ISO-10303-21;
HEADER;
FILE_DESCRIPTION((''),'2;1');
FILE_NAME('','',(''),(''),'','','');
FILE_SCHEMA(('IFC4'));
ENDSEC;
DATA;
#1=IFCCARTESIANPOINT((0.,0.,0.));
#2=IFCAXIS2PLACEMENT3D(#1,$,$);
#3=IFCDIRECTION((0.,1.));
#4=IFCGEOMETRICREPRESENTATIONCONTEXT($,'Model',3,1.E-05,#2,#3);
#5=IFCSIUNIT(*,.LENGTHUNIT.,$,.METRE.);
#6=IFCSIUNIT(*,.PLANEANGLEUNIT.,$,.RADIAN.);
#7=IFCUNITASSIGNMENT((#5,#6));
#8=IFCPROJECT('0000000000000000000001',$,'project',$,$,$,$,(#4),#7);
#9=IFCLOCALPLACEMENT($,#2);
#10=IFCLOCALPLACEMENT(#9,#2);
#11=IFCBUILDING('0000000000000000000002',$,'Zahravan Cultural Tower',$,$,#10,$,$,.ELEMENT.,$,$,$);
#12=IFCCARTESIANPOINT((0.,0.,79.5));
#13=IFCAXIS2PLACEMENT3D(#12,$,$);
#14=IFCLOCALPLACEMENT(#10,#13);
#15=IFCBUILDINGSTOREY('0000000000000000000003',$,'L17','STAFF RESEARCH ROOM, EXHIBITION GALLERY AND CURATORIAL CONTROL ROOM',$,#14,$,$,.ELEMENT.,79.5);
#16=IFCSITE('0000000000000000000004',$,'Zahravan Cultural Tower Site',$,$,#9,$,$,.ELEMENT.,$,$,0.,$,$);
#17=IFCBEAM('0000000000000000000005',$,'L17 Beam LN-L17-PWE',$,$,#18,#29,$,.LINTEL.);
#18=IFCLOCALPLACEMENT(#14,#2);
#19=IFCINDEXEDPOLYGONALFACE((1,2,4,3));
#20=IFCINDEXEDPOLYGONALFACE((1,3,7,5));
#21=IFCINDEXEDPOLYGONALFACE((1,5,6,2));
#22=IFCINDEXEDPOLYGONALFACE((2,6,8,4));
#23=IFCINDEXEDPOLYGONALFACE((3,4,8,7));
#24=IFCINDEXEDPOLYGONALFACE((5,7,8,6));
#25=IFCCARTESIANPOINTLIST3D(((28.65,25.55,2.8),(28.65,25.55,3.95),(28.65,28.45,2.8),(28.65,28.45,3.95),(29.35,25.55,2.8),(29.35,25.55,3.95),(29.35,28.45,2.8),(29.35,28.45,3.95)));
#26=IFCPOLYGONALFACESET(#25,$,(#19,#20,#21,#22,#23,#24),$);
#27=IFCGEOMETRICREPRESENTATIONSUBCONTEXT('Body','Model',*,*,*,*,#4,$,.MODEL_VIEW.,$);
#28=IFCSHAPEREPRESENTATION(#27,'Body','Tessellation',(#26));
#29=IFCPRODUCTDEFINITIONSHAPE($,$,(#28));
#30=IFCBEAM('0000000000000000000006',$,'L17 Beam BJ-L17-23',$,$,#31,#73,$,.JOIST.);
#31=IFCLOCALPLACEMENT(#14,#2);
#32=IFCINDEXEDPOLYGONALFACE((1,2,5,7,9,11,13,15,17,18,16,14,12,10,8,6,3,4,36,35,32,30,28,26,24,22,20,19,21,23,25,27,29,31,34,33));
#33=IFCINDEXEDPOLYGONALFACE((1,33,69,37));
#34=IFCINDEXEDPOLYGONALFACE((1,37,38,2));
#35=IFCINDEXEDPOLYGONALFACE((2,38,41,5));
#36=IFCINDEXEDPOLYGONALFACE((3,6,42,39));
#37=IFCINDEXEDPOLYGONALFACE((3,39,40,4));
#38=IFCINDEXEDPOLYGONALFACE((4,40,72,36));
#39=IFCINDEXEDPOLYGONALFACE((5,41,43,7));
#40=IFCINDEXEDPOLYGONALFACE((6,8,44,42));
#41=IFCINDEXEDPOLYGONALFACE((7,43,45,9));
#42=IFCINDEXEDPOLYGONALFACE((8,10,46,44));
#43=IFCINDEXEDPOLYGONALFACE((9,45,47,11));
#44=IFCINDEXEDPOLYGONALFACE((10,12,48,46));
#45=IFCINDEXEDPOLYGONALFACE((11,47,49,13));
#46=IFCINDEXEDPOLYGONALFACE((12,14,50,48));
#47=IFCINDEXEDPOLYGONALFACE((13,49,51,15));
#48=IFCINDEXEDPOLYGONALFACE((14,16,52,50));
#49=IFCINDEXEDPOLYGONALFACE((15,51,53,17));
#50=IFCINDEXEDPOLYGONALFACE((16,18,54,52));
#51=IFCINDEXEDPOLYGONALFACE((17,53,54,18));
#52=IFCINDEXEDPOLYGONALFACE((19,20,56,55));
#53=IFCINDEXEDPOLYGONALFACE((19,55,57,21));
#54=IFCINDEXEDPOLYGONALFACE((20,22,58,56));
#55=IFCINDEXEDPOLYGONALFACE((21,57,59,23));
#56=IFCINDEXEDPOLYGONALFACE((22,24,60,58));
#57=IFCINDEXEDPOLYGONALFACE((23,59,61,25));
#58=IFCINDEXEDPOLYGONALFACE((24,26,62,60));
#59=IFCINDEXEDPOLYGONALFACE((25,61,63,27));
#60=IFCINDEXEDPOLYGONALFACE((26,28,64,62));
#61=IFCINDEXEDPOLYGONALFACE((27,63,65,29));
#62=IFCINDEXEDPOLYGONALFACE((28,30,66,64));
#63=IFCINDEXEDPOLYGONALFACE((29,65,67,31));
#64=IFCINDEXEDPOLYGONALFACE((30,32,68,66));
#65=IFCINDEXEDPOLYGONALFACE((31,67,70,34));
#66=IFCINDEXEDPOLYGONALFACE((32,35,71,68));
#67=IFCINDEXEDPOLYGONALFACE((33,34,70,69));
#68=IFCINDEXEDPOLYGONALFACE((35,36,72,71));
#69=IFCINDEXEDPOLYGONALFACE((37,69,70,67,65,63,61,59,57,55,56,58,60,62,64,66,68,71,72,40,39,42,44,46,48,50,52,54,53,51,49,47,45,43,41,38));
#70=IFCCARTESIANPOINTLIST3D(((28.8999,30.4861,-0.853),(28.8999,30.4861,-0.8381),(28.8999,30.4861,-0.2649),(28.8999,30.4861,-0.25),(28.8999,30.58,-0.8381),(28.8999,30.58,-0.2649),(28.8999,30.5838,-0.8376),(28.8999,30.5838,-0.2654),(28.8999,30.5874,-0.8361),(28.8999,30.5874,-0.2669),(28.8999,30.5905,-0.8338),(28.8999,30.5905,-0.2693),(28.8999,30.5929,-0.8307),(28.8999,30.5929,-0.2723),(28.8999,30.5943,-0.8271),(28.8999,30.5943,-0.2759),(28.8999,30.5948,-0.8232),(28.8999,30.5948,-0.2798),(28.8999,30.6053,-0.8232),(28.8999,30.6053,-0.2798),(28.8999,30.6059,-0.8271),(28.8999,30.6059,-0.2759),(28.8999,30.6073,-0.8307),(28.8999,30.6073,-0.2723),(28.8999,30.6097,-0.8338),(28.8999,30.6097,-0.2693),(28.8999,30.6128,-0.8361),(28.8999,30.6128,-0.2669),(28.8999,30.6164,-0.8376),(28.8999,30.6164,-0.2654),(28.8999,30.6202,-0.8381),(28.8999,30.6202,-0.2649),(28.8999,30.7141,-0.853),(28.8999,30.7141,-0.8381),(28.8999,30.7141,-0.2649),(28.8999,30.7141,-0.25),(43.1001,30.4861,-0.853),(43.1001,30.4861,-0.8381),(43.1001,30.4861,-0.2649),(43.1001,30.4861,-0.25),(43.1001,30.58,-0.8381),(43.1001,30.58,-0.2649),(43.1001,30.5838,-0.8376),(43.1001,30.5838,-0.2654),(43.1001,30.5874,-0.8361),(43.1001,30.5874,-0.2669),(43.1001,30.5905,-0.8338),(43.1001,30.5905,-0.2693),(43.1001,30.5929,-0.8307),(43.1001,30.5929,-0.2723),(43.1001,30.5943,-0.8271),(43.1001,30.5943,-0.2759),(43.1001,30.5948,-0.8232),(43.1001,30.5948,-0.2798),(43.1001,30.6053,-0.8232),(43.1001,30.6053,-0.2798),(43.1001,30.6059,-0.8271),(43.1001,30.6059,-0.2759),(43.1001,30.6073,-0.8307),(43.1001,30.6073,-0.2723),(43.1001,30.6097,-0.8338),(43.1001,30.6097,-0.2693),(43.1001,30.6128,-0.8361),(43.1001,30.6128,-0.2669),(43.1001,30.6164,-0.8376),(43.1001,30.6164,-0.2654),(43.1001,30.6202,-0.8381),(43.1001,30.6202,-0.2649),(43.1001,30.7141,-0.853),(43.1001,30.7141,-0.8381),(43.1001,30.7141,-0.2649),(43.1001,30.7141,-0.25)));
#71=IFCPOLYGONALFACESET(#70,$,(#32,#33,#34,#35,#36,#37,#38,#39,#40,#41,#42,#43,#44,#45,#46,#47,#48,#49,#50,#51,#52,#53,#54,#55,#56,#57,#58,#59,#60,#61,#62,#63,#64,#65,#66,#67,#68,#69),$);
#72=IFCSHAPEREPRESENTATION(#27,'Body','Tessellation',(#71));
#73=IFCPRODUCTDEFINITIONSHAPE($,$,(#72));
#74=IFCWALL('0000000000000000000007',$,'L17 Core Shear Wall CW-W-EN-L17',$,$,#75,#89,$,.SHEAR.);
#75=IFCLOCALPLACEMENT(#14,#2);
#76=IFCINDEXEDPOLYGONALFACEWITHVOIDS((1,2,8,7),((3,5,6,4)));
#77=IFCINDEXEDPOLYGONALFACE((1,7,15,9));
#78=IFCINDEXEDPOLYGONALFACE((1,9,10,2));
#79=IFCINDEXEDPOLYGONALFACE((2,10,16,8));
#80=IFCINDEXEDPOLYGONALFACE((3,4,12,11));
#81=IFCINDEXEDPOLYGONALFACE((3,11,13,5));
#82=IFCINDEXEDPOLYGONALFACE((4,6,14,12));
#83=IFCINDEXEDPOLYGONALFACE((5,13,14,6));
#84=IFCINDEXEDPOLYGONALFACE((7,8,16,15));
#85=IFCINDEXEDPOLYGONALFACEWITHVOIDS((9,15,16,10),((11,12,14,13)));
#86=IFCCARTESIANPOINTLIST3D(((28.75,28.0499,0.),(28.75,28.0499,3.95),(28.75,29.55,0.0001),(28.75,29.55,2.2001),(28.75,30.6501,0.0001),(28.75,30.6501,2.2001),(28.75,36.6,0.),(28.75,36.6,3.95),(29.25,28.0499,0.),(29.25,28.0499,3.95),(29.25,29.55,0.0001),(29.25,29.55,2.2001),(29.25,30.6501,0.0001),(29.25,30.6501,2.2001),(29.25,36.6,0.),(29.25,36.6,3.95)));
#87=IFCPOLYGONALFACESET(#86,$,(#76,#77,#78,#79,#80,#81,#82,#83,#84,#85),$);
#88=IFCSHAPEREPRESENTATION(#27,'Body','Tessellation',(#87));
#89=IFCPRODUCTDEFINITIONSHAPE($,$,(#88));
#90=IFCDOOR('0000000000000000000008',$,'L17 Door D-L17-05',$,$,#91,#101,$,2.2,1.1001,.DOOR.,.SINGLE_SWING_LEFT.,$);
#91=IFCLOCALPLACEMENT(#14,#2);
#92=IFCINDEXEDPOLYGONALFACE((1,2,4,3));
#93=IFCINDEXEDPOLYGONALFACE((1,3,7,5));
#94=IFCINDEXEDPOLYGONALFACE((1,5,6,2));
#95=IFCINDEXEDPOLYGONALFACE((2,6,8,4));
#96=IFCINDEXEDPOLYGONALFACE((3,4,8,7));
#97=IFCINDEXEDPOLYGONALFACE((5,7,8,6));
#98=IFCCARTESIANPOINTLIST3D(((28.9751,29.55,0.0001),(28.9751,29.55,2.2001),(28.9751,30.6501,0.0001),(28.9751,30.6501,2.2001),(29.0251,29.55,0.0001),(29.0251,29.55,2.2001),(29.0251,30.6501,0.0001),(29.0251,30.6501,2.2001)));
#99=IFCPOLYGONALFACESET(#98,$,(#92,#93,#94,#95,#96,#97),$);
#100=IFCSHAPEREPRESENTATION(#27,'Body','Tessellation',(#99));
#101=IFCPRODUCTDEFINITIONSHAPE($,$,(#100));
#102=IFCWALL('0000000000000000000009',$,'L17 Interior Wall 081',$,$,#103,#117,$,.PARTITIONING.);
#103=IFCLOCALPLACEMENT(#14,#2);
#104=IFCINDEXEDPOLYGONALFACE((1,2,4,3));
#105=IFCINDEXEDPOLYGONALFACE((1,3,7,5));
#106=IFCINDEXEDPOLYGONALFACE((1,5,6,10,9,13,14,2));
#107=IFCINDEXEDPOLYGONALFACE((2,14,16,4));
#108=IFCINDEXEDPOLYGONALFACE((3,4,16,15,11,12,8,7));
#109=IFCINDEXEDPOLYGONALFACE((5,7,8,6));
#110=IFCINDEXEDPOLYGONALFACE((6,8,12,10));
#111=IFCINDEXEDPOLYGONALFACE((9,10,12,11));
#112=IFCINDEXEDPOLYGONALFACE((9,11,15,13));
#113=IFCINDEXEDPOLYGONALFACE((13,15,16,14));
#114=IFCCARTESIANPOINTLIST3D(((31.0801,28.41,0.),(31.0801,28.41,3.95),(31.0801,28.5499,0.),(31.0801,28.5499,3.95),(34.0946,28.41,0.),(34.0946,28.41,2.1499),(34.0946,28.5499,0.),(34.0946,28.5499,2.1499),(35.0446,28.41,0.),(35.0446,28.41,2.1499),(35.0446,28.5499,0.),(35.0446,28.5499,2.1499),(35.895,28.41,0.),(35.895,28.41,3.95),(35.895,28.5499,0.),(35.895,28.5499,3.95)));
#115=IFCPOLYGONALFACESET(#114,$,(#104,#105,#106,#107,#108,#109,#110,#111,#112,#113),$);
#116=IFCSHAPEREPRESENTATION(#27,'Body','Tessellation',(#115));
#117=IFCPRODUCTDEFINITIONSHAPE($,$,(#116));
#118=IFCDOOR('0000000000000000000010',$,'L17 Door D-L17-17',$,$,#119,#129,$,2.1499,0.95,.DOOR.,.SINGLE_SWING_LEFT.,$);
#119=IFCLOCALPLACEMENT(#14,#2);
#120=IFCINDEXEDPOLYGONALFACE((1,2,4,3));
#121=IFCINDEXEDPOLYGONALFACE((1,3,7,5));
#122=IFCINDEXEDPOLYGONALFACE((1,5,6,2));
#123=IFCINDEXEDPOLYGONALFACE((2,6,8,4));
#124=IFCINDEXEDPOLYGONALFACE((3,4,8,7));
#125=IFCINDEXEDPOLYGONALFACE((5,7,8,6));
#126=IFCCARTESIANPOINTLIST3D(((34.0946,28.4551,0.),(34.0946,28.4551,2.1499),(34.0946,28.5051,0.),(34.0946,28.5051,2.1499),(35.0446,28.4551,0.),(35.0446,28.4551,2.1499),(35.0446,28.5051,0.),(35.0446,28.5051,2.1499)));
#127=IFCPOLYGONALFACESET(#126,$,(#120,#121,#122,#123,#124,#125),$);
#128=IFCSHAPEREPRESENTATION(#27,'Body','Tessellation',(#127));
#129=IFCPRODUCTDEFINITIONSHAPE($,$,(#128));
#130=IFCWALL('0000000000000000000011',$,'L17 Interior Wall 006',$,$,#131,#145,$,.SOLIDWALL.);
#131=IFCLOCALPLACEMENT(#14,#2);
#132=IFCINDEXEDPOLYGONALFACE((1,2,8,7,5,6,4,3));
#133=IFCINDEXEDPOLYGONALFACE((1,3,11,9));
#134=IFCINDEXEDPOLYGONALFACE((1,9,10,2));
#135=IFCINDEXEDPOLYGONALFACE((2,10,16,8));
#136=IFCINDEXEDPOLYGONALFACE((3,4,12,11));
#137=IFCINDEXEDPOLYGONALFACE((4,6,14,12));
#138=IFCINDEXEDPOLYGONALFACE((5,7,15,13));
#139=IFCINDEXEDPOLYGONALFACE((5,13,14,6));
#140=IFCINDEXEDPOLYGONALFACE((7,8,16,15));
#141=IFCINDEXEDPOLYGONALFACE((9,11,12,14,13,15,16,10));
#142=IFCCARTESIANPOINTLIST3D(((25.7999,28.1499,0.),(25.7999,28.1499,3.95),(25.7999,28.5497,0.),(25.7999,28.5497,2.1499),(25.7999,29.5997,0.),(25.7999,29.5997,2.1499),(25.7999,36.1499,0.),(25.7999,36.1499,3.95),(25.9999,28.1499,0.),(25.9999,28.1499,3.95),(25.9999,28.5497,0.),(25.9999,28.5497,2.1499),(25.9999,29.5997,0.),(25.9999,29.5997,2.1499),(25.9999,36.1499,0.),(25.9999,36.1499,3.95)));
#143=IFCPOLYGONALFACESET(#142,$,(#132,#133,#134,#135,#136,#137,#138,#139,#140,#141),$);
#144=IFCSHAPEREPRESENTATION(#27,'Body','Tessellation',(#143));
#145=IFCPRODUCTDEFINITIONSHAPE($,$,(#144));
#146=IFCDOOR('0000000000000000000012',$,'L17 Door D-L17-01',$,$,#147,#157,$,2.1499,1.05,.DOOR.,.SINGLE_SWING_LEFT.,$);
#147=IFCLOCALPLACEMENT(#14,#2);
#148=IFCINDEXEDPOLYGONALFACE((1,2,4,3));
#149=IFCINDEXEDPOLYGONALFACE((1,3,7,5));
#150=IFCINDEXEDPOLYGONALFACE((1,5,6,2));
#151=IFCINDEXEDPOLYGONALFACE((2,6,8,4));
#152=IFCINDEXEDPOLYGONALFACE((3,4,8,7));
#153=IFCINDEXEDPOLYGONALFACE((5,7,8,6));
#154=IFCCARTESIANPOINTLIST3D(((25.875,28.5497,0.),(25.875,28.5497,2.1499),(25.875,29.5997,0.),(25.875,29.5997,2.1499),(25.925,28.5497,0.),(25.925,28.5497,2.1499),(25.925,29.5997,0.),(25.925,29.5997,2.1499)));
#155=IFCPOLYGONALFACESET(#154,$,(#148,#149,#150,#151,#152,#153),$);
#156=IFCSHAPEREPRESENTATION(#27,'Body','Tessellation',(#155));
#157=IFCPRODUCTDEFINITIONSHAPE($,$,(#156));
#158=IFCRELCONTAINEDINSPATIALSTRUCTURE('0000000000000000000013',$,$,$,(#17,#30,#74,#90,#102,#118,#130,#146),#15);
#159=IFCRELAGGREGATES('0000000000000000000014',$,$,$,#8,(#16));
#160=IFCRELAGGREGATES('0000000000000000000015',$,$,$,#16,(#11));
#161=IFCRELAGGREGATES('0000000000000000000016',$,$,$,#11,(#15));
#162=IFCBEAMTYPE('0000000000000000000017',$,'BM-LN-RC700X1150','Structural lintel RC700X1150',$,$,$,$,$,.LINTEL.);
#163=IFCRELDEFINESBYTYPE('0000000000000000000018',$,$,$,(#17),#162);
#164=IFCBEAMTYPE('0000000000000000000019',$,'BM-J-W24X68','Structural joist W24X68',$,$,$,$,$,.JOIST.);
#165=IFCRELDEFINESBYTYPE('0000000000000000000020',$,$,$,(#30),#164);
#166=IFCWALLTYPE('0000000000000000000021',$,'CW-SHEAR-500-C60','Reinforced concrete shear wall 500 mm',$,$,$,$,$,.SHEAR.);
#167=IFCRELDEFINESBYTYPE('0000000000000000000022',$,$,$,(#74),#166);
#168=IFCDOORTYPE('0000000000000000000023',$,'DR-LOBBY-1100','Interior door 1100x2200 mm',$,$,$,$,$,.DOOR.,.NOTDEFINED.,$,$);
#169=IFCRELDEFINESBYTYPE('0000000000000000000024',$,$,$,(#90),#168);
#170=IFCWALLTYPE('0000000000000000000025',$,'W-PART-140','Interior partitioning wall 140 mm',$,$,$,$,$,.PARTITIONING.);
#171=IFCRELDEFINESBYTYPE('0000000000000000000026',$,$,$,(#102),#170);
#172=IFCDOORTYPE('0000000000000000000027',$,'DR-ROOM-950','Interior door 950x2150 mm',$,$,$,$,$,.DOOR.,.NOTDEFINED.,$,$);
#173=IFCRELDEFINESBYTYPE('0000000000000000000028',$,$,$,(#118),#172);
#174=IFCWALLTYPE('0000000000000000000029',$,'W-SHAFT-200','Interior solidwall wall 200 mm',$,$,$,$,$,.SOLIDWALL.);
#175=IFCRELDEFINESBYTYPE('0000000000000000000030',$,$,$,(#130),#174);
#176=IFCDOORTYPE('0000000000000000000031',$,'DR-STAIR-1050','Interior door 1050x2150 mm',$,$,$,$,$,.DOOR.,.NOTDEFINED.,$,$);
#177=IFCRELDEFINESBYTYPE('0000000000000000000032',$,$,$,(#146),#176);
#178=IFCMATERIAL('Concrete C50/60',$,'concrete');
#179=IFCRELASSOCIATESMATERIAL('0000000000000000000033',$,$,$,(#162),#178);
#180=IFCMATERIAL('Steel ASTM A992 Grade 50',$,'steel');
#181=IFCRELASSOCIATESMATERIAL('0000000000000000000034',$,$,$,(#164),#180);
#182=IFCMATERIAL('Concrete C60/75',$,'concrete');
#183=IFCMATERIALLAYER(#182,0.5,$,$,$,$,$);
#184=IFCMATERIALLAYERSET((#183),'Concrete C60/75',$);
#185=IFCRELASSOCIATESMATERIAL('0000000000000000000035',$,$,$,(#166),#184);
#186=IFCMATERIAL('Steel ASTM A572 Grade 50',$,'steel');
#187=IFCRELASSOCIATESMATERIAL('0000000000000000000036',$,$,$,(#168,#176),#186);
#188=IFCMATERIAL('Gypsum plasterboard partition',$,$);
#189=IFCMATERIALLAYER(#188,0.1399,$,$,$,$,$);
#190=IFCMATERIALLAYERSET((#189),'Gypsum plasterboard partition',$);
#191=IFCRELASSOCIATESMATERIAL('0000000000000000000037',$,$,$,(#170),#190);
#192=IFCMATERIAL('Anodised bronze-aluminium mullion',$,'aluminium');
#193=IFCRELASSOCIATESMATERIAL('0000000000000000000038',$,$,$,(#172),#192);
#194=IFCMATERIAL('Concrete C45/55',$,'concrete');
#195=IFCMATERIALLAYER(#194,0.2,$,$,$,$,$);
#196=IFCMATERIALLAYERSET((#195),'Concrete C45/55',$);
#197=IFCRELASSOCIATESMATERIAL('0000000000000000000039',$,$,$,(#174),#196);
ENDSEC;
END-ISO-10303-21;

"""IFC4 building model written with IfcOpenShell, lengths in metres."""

from ifc_helpers import new_model, si_unit, direction, frame, frame_2d, origin, origin_2d, place, context, subcontext, project, spatial, rectangle, i_section, extrude, source, transform, mapped, material, layer, layer_set, material_profile, profile_set, type_object, element, fill, save


model = new_model("IFC4")

# Units and contexts
model_context = context("Model", 3, precision=1e-05, world=origin(), true_north=direction((0.0, 1.0)))
body_context = subcontext(model_context, "Body", "Model", "MODEL_VIEW")
ifc_project = project(units=[si_unit("LENGTHUNIT", "METRE"), si_unit("PLANEANGLEUNIT", "RADIAN")], contexts=[model_context])

# Site, building, storey
site_placement = place(None, origin())
site = spatial("IfcSite", under=ifc_project, at=site_placement, Name="Zahravan Cultural Tower Site", CompositionType="ELEMENT", RefElevation=0.0)
building_placement = place(site_placement, origin())
building = spatial("IfcBuilding", under=site, at=building_placement, Name="Zahravan Cultural Tower", CompositionType="ELEMENT")
storey_placement = place(building_placement, frame((0.0, 0.0, 79.5)))
storey = spatial("IfcBuildingStorey", under=building, at=storey_placement, Name="L17", Description="STAFF RESEARCH ROOM, EXHIBITION GALLERY AND CURATORIAL CONTROL ROOM", CompositionType="ELEMENT", Elevation=79.5)

# Beams
ifc_material_1 = material(Name="Concrete C50/60", Category="concrete")
ifc_material_profile_1 = material_profile(ifc_material_1, rectangle(XDim=0.7, YDim=1.1499, at=origin_2d()), Name="RC700X1150")
ifc_profile_set_1 = profile_set([ifc_material_profile_1], Name="Concrete C50/60")
beam_type_1 = type_object("IfcBeamType", Name="BM-LN-RC700X1150", Description="Structural lintel RC700X1150", PredefinedType="LINTEL", material=ifc_profile_set_1)
shared_shape_1 = source(origin(), body_context, "Body", "SweptSolid", [
    extrude(rectangle(XDim=0.7, YDim=1.1499, at=origin_2d()), origin(), (0.0, 0.0, 1.0), 2.8999),
])
beam_1_placement = place(storey_placement, frame((29.0, 25.55, 3.375), z_axis=(0.0, 1.0, 0.0), x_axis=(-1.0, 0.0, 0.0)))
element("IfcBeam", 1, at=beam_1_placement, inside=storey, type_object=beam_type_1, Name="L17 Beam LN-L17-PWE", PredefinedType="LINTEL", context=body_context, shape_type="MappedRepresentation", body=[
    mapped(shared_shape_1, transform((0.0, 0.0, 0.0), x_axis=(1.0, 0.0, 0.0), y_axis=(0.0, 1.0, 0.0), z_axis=(0.0, 0.0, 1.0), scale=1.0)),
])
ifc_material_2 = material(Name="Steel ASTM A992 Grade 50", Category="steel")
ifc_material_profile_2 = material_profile(ifc_material_2, i_section(OverallWidth=0.228, OverallDepth=0.603, WebThickness=0.0105, FlangeThickness=0.0149, FilletRadius=0.0149, at=origin_2d()), Name="W24X68")
ifc_profile_set_2 = profile_set([ifc_material_profile_2], Name="Steel ASTM A992 Grade 50")
beam_type_2 = type_object("IfcBeamType", Name="BM-J-W24X68", Description="Structural joist W24X68", PredefinedType="JOIST", material=ifc_profile_set_2)
shared_shape_2 = source(origin(), body_context, "Body", "SweptSolid", [
    extrude(i_section(OverallWidth=0.228, OverallDepth=0.603, WebThickness=0.0105, FlangeThickness=0.0149, FilletRadius=0.0149, at=origin_2d()), origin(), (0.0, 0.0, 1.0), 14.2002),
])
beam_2_placement = place(storey_placement, frame((28.8999, 30.6001, -0.5515), z_axis=(1.0, 0.0, 0.0), x_axis=(0.0, 1.0, 0.0)))
element("IfcBeam", 2, at=beam_2_placement, inside=storey, type_object=beam_type_2, Name="L17 Beam BJ-L17-23", PredefinedType="JOIST", context=body_context, shape_type="MappedRepresentation", body=[
    mapped(shared_shape_2, transform((0.0, 0.0, 0.0), x_axis=(1.0, 0.0, 0.0), y_axis=(0.0, 1.0, 0.0), z_axis=(0.0, 0.0, 1.0), scale=1.0)),
])

# Walls, openings, doors
ifc_material_3 = material(Name="Concrete C60/75", Category="concrete")
ifc_layer_1 = layer(ifc_material_3, 0.5)
ifc_layer_set_1 = layer_set([ifc_layer_1], Name="Concrete C60/75")
wall_type_1 = type_object("IfcWallType", Name="CW-SHEAR-500-C60", Description="Reinforced concrete shear wall 500 mm", PredefinedType="SHEAR", material=ifc_layer_set_1)
wall_1_placement = place(storey_placement, frame((29.0, 28.05, 0.0), z_axis=(0.0, 0.0, 1.0), x_axis=(0.0, 1.0, 0.0)))
wall_1 = element("IfcWall", 3, at=wall_1_placement, inside=storey, type_object=wall_type_1, Name="L17 Core Shear Wall CW-W-EN-L17", PredefinedType="SHEAR", context=body_context, shape_type="SweptSolid", body=[
    extrude(rectangle(XDim=8.55, YDim=0.5, at=frame_2d((4.2749, 0.0))), origin(), (0.0, 0.0, 1.0), 3.95),
])
opening_1_placement = place(wall_1_placement, frame((1.5, 0.0, 0.0)))
opening_1 = element("IfcOpeningElement", 4, at=opening_1_placement, cuts=wall_1, PredefinedType="OPENING", context=body_context, shape_type="SweptSolid", body=[
    extrude(rectangle(XDim=1.1001, YDim=2.2, at=frame_2d((0.55, 1.1001))), frame((0.0, 0.26, 0.0), z_axis=(0.0, -1.0, 0.0), x_axis=(1.0, 0.0, 0.0)), (0.0, 0.0, 1.0), 0.52),
])
ifc_material_4 = material(Name="Steel ASTM A572 Grade 50", Category="steel")
door_type_1 = type_object("IfcDoorType", Name="DR-LOBBY-1100", Description="Interior door 1100x2200 mm", OperationType="NOTDEFINED", PredefinedType="DOOR", material=ifc_material_4)
shared_shape_3 = source(origin(), body_context, "Body", "SweptSolid", [
    extrude(rectangle(XDim=1.1001, YDim=2.2, at=frame_2d((0.55, 1.1001))), frame((0.0, 0.0249, 0.0), z_axis=(0.0, -1.0, 0.0), x_axis=(1.0, 0.0, 0.0)), (0.0, 0.0, 1.0), 0.05),
])
door_1_placement = place(opening_1_placement, origin())
door_1 = element("IfcDoor", 5, at=door_1_placement, inside=storey, type_object=door_type_1, Name="L17 Door D-L17-05", OperationType="SINGLE_SWING_LEFT", OverallHeight=2.2, OverallWidth=1.1001, PredefinedType="DOOR", context=body_context, shape_type="MappedRepresentation", body=[
    mapped(shared_shape_3, transform((0.0, 0.0, 0.0), x_axis=(1.0, 0.0, 0.0), y_axis=(0.0, 1.0, 0.0), z_axis=(0.0, 0.0, 1.0), scale=1.0)),
])
fill(opening_1, door_1)
ifc_material_5 = material(Name="Gypsum plasterboard partition")
ifc_layer_2 = layer(ifc_material_5, 0.1399)
ifc_layer_set_2 = layer_set([ifc_layer_2], Name="Gypsum plasterboard partition")
wall_type_2 = type_object("IfcWallType", Name="W-PART-140", Description="Interior partitioning wall 140 mm", PredefinedType="PARTITIONING", material=ifc_layer_set_2)
ifc_material_6 = material(Name="Anodised bronze-aluminium mullion", Category="aluminium")
door_type_2 = type_object("IfcDoorType", Name="DR-ROOM-950", Description="Interior door 950x2150 mm", OperationType="NOTDEFINED", PredefinedType="DOOR", material=ifc_material_6)
shared_shape_4 = source(origin(), body_context, "Body", "SweptSolid", [
    extrude(rectangle(XDim=0.95, YDim=2.1499, at=frame_2d((0.4751, 1.075))), frame((0.0, 0.0249, 0.0), z_axis=(0.0, -1.0, 0.0), x_axis=(1.0, 0.0, 0.0)), (0.0, 0.0, 1.0), 0.05),
])
wall_2_placement = place(storey_placement, frame((35.895, 28.48, 0.0), z_axis=(0.0, 0.0, 1.0), x_axis=(-1.0, 0.0, 0.0)))
wall_2 = element("IfcWall", 6, at=wall_2_placement, inside=storey, type_object=wall_type_2, Name="L17 Interior Wall 081", PredefinedType="PARTITIONING", context=body_context, shape_type="SweptSolid", body=[
    extrude(rectangle(XDim=4.8149, YDim=0.1399, at=frame_2d((2.4075, 0.0))), origin(), (0.0, 0.0, 1.0), 3.95),
])
opening_2_placement = place(wall_2_placement, frame((0.8503, 0.0, 0.0)))
opening_2 = element("IfcOpeningElement", 7, at=opening_2_placement, cuts=wall_2, PredefinedType="OPENING", context=body_context, shape_type="SweptSolid", body=[
    extrude(rectangle(XDim=0.95, YDim=2.1499, at=frame_2d((0.4751, 1.075))), frame((0.0, 0.0798, 0.0), z_axis=(0.0, -1.0, 0.0), x_axis=(1.0, 0.0, 0.0)), (0.0, 0.0, 1.0), 0.1599),
])
door_2_placement = place(opening_2_placement, origin())
door_2 = element("IfcDoor", 8, at=door_2_placement, inside=storey, type_object=door_type_2, Name="L17 Door D-L17-17", OperationType="SINGLE_SWING_LEFT", OverallHeight=2.1499, OverallWidth=0.95, PredefinedType="DOOR", context=body_context, shape_type="MappedRepresentation", body=[
    mapped(shared_shape_4, transform((0.0, 0.0, 0.0), x_axis=(1.0, 0.0, 0.0), y_axis=(0.0, 1.0, 0.0), z_axis=(0.0, 0.0, 1.0), scale=1.0)),
])
fill(opening_2, door_2)
ifc_material_7 = material(Name="Concrete C45/55", Category="concrete")
ifc_layer_3 = layer(ifc_material_7, 0.2)
ifc_layer_set_3 = layer_set([ifc_layer_3], Name="Concrete C45/55")
wall_type_3 = type_object("IfcWallType", Name="W-SHAFT-200", Description="Interior solidwall wall 200 mm", PredefinedType="SOLIDWALL", material=ifc_layer_set_3)
wall_3_placement = place(storey_placement, frame((25.8999, 28.1499, 0.0), z_axis=(0.0, 0.0, 1.0), x_axis=(0.0, 1.0, 0.0)))
wall_3 = element("IfcWall", 9, at=wall_3_placement, inside=storey, type_object=wall_type_3, Name="L17 Interior Wall 006", PredefinedType="SOLIDWALL", context=body_context, shape_type="SweptSolid", body=[
    extrude(rectangle(XDim=8.0, YDim=0.2, at=frame_2d((4.0, 0.0))), origin(), (0.0, 0.0, 1.0), 3.95),
])
opening_3_placement = place(wall_3_placement, frame((0.3999, 0.0, 0.0)))
opening_3 = element("IfcOpeningElement", 10, at=opening_3_placement, cuts=wall_3, PredefinedType="OPENING", context=body_context, shape_type="SweptSolid", body=[
    extrude(rectangle(XDim=1.05, YDim=2.1499, at=frame_2d((0.5249, 1.075))), frame((0.0, 0.1099, 0.0), z_axis=(0.0, -1.0, 0.0), x_axis=(1.0, 0.0, 0.0)), (0.0, 0.0, 1.0), 0.22),
])
door_type_3 = type_object("IfcDoorType", Name="DR-STAIR-1050", Description="Interior door 1050x2150 mm", OperationType="NOTDEFINED", PredefinedType="DOOR", material=ifc_material_4)
shared_shape_5 = source(origin(), body_context, "Body", "SweptSolid", [
    extrude(rectangle(XDim=1.05, YDim=2.1499, at=frame_2d((0.5249, 1.075))), frame((0.0, 0.0249, 0.0), z_axis=(0.0, -1.0, 0.0), x_axis=(1.0, 0.0, 0.0)), (0.0, 0.0, 1.0), 0.05),
])
door_3_placement = place(opening_3_placement, origin())
door_3 = element("IfcDoor", 11, at=door_3_placement, inside=storey, type_object=door_type_3, Name="L17 Door D-L17-01", OperationType="SINGLE_SWING_LEFT", OverallHeight=2.1499, OverallWidth=1.05, PredefinedType="DOOR", context=body_context, shape_type="MappedRepresentation", body=[
    mapped(shared_shape_5, transform((0.0, 0.0, 0.0), x_axis=(1.0, 0.0, 0.0), y_axis=(0.0, 1.0, 0.0), z_axis=(0.0, 0.0, 1.0), scale=1.0)),
])
fill(opening_3, door_3)

save(model, "model.ifc")
